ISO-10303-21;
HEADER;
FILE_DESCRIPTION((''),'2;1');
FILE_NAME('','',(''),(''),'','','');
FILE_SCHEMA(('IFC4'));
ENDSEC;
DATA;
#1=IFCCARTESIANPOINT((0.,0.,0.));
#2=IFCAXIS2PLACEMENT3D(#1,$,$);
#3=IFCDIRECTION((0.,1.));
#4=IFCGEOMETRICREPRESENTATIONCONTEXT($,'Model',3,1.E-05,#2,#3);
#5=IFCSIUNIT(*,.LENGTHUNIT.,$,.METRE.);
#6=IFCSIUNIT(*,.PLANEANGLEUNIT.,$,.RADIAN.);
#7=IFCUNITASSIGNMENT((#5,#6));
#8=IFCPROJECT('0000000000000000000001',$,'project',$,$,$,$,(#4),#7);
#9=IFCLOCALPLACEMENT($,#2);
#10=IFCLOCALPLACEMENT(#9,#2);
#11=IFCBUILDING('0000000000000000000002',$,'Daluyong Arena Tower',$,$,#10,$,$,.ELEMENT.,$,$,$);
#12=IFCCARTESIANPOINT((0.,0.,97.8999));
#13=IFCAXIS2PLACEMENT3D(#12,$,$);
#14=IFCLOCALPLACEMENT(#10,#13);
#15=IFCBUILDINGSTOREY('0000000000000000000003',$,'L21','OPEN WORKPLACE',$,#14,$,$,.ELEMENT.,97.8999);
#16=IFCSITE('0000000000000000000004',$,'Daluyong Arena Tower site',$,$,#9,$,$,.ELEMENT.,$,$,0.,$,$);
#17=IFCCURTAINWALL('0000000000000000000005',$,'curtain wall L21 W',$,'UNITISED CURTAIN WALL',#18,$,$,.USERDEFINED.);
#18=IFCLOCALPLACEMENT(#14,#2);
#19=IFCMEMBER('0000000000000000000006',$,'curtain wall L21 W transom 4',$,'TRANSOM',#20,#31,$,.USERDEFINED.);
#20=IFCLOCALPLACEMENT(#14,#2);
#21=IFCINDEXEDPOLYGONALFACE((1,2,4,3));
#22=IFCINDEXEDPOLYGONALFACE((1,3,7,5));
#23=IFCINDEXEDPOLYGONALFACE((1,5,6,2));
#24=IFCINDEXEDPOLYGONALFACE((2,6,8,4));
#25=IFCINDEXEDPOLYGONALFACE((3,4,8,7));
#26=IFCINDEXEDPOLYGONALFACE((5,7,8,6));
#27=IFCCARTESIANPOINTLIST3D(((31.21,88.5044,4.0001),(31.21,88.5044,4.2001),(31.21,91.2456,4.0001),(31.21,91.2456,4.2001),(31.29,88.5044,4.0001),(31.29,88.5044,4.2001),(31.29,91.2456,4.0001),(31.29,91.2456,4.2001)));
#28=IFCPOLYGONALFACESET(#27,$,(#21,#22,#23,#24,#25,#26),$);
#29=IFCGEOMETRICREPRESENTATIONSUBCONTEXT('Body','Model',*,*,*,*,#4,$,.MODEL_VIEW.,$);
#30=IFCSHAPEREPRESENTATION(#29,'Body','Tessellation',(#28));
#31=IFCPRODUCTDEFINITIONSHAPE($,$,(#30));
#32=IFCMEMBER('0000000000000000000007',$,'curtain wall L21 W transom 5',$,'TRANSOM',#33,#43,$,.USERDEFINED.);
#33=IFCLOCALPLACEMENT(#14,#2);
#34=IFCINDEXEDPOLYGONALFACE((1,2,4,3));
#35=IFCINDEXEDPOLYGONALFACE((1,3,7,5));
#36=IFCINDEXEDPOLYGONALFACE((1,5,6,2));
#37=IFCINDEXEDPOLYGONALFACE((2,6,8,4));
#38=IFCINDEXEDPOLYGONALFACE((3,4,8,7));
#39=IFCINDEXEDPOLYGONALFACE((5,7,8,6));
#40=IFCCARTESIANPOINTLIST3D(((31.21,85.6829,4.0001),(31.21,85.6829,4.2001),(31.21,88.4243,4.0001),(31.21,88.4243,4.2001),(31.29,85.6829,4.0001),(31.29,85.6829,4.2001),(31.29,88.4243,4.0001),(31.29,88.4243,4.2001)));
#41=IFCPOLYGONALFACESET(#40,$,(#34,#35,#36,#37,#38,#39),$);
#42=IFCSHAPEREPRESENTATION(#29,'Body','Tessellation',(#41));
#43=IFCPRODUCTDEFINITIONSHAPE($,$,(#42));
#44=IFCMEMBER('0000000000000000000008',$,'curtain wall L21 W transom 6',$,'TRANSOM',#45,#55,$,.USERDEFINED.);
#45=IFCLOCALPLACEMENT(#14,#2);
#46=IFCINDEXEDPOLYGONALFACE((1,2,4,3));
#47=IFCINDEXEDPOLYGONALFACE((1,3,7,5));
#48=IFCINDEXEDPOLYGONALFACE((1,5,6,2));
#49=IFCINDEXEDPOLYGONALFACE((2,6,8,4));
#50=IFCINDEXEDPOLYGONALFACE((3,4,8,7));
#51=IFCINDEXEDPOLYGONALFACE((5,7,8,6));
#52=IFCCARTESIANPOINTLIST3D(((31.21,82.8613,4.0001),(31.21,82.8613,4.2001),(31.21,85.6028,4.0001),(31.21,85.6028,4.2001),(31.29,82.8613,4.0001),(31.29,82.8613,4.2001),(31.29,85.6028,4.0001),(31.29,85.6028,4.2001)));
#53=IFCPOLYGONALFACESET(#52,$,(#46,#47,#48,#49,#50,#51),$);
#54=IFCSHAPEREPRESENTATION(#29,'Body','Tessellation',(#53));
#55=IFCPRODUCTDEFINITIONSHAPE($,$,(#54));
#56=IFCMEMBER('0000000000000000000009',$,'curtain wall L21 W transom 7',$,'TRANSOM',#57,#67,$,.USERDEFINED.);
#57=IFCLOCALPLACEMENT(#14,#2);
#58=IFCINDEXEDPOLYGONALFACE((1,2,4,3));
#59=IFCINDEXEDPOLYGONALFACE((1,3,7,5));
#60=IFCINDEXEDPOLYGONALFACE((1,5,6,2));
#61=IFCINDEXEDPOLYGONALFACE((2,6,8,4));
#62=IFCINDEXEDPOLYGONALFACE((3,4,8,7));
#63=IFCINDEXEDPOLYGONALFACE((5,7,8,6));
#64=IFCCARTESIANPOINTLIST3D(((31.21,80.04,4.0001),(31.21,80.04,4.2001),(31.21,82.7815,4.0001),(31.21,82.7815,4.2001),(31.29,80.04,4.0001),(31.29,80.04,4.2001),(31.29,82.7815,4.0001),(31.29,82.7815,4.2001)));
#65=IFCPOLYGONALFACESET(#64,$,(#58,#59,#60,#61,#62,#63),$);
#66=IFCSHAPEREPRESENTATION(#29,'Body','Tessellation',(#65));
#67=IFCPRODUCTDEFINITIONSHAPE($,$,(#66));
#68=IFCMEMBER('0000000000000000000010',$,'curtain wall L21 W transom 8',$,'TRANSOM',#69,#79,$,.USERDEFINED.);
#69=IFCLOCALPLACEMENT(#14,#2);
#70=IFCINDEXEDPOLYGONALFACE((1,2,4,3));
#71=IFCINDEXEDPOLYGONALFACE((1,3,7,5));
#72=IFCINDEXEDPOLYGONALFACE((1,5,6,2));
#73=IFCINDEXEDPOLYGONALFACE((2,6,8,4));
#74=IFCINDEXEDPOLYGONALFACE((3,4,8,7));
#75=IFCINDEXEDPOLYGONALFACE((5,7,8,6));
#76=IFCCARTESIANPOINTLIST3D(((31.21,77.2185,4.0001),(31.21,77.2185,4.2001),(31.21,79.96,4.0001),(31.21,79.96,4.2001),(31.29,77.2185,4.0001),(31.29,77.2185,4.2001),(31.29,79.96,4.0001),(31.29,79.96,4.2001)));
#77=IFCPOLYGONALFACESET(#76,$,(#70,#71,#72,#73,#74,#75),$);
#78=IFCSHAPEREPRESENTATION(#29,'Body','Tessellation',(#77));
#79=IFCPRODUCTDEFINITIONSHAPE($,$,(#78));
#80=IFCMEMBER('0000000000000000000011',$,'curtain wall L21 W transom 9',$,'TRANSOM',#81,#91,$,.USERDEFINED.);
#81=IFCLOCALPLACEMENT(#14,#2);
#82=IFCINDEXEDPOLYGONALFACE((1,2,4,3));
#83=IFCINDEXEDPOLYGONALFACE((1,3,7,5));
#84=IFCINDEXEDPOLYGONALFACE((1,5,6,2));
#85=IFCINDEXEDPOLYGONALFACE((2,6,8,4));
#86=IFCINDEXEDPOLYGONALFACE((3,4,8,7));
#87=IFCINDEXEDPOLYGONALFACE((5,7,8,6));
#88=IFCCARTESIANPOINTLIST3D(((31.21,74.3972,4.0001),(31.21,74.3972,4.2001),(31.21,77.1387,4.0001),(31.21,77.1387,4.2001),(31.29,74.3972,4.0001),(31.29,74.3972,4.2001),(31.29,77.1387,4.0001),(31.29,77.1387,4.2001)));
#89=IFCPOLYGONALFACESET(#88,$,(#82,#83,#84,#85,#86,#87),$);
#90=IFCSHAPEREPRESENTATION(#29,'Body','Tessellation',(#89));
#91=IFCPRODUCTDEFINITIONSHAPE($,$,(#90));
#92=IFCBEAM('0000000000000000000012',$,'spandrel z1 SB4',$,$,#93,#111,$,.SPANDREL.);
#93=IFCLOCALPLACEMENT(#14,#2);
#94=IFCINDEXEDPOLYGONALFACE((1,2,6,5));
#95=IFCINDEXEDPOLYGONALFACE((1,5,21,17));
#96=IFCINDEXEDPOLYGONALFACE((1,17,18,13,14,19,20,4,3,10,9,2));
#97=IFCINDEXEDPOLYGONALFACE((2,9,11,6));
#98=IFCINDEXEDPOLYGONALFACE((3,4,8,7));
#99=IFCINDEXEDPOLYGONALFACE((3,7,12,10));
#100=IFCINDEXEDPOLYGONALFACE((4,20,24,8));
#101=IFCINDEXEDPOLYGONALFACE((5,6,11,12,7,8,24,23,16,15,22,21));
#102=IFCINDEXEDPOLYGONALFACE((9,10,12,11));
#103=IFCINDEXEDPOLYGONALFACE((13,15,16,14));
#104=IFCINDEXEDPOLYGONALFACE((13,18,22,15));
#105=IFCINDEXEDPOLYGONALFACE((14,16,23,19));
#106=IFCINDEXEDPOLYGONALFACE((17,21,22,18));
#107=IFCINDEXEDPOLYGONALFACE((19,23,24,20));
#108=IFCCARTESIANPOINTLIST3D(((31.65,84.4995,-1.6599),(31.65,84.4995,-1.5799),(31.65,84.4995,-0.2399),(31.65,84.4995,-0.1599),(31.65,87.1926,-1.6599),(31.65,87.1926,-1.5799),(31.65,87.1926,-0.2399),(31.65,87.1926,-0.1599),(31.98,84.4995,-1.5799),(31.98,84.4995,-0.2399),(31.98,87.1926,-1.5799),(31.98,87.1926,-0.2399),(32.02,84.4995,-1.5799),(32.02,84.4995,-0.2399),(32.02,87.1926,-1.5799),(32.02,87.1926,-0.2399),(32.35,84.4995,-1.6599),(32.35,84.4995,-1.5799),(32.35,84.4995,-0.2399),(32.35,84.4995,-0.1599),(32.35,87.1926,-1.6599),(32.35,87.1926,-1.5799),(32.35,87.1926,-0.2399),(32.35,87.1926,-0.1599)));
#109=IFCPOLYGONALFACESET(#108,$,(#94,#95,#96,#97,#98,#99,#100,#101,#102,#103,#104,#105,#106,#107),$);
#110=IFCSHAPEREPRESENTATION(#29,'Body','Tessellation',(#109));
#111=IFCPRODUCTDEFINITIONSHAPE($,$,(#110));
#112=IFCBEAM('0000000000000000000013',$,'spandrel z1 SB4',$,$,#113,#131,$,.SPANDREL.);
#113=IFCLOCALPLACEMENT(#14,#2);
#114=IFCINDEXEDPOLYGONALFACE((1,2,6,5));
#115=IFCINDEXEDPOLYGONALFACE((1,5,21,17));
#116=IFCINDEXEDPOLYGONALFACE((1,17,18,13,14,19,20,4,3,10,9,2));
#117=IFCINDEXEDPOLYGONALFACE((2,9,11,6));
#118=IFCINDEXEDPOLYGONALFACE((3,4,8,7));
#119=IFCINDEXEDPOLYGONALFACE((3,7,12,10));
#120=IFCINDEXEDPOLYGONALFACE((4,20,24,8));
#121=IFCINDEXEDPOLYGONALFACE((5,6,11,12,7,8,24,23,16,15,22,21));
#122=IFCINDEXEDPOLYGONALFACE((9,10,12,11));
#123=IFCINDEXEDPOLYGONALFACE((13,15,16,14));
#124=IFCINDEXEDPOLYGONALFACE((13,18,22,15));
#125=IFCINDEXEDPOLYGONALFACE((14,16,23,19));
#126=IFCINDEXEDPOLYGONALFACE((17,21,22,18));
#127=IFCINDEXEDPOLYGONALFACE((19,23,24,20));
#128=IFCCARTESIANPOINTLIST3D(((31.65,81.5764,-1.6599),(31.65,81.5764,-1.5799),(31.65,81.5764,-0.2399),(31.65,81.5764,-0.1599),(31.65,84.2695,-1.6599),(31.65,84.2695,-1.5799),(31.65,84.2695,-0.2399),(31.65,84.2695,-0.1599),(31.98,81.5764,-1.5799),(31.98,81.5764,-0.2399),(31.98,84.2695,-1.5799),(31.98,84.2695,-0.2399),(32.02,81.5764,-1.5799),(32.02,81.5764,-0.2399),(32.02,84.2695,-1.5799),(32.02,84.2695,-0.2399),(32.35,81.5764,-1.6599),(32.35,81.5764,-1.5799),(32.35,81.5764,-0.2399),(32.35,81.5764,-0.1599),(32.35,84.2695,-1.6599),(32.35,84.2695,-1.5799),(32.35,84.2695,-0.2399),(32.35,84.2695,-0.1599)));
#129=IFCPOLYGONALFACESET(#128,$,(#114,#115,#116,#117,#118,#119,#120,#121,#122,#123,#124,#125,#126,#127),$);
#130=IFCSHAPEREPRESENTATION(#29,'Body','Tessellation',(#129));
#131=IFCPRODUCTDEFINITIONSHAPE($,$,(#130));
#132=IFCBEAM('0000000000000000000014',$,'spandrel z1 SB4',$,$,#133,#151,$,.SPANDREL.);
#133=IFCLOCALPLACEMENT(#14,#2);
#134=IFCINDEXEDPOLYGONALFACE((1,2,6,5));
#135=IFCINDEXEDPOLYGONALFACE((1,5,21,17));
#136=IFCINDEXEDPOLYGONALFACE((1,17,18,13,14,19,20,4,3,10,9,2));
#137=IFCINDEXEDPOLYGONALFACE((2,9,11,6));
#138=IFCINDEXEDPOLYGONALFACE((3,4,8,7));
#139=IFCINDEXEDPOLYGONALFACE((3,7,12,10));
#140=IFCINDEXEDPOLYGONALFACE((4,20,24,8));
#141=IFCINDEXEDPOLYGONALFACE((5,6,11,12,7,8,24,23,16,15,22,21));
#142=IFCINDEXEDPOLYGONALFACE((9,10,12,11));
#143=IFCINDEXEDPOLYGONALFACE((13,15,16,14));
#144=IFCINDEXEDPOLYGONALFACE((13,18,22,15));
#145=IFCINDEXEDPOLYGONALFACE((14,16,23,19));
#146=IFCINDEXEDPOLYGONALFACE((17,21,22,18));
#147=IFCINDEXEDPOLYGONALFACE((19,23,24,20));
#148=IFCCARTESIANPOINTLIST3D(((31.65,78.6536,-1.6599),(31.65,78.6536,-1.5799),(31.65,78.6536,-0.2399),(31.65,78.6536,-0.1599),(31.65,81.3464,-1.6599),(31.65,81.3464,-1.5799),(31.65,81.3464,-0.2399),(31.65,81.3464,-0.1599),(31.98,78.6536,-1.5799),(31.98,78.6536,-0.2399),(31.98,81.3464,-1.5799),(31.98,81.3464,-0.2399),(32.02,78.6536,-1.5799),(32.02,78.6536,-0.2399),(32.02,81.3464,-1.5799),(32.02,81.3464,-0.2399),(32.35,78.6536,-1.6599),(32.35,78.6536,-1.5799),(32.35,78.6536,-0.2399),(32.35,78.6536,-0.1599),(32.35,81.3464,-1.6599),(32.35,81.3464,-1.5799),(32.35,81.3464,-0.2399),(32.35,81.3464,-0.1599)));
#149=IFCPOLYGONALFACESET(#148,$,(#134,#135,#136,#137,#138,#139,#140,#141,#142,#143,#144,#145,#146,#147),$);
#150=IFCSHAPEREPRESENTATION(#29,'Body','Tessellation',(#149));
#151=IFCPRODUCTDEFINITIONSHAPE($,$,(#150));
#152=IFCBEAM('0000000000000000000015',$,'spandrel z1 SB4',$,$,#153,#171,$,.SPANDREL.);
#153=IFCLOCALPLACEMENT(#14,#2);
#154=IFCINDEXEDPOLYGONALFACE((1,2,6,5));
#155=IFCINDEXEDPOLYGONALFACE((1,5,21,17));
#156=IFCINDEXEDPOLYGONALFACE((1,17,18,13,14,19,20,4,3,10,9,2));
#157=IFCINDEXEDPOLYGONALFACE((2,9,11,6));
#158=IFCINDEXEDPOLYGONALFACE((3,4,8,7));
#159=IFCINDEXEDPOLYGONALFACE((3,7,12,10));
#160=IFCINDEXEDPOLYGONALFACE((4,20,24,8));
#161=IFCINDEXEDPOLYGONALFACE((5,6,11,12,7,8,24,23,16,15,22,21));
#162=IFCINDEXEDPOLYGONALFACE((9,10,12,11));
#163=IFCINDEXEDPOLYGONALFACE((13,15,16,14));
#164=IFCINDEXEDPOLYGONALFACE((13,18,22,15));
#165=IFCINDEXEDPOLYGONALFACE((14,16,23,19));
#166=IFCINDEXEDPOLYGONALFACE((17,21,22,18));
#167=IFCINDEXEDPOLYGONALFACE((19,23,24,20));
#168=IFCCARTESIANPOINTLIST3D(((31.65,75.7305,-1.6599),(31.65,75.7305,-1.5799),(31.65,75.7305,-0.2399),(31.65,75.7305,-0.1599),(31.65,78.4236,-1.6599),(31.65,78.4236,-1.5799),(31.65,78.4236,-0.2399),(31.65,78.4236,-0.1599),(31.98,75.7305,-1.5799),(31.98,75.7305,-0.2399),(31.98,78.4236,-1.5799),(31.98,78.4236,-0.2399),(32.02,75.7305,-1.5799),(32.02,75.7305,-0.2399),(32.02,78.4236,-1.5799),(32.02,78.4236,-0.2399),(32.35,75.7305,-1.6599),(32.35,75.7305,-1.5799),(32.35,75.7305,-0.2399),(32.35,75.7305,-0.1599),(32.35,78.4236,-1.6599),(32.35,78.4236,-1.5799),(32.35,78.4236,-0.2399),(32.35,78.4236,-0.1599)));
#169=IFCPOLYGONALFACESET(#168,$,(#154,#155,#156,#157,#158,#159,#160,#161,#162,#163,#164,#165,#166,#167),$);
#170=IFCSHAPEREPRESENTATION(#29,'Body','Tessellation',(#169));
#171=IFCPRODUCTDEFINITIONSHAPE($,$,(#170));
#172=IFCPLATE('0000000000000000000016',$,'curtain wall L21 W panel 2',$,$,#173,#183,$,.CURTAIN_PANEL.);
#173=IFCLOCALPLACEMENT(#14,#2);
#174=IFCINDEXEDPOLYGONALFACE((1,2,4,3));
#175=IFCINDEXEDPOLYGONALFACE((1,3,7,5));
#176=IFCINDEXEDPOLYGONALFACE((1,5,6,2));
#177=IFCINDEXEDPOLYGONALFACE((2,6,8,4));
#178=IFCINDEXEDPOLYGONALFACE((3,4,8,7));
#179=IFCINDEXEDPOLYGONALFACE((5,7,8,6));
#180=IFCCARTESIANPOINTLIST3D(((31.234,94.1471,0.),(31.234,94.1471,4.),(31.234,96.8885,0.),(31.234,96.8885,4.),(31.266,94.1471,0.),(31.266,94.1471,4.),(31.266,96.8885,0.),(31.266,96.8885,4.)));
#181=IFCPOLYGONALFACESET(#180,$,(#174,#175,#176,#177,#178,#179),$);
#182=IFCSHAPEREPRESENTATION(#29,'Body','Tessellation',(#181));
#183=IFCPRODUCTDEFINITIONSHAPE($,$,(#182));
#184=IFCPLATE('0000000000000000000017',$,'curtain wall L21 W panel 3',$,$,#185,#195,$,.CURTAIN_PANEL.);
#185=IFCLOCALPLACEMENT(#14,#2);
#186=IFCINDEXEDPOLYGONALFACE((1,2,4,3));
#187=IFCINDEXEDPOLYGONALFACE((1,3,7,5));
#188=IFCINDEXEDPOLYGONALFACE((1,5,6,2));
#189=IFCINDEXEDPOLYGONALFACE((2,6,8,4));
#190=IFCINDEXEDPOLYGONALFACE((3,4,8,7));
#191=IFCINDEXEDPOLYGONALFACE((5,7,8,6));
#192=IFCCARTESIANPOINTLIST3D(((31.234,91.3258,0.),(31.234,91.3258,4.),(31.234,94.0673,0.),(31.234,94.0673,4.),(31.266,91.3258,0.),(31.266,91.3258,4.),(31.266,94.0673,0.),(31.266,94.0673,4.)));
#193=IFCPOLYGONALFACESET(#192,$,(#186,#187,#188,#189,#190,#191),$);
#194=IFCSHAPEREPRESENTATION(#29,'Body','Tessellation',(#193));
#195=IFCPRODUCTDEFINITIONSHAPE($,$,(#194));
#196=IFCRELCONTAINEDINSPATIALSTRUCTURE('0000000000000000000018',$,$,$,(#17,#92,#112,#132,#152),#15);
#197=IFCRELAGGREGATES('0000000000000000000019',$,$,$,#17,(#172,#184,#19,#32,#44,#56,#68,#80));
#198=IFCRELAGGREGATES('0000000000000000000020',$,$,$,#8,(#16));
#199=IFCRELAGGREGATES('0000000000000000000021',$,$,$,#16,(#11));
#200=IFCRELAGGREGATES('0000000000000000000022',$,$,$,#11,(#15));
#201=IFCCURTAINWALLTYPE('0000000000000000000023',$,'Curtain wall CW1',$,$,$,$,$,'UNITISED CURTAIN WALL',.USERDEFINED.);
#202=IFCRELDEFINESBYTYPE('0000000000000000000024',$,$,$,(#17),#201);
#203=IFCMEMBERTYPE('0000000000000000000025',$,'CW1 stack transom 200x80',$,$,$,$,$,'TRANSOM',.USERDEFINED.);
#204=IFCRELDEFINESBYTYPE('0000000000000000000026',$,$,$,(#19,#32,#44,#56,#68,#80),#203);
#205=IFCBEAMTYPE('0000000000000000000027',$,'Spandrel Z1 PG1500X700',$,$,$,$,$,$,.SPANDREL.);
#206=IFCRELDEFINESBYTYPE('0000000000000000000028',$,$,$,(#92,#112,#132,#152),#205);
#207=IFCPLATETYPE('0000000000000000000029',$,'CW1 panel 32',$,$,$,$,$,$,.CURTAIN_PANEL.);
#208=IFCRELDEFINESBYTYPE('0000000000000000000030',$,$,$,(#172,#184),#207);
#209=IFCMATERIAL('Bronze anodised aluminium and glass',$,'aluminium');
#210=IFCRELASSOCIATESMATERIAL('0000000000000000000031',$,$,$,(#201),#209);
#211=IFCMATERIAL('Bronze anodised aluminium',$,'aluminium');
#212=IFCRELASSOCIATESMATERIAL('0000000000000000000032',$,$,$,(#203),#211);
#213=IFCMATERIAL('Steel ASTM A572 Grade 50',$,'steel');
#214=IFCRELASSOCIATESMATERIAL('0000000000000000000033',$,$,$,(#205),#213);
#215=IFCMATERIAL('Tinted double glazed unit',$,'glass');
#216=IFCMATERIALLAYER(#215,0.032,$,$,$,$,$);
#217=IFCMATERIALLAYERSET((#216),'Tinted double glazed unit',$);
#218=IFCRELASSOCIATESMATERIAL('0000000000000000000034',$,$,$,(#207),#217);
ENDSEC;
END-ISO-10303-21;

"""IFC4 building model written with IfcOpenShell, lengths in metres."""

from ifc_helpers import new_model, si_unit, direction, frame, origin, origin_2d, place, context, subcontext, project, spatial, rectangle, i_section, extrude, material, layer, layer_set, material_profile, profile_set, type_object, element, aggregate, save


model = new_model("IFC4")

# Units and contexts
model_context = context("Model", 3, precision=1e-05, world=origin(), true_north=direction((0.0, 1.0)))
body_context = subcontext(model_context, "Body", "Model", "MODEL_VIEW")
ifc_project = project(units=[si_unit("LENGTHUNIT", "METRE"), si_unit("PLANEANGLEUNIT", "RADIAN")], contexts=[model_context])

# Site, building, storey
site_placement = place(None, origin())
site = spatial("IfcSite", under=ifc_project, at=site_placement, Name="Daluyong Arena Tower site", CompositionType="ELEMENT", RefElevation=0.0)
building_placement = place(site_placement, origin())
building = spatial("IfcBuilding", under=site, at=building_placement, Name="Daluyong Arena Tower", CompositionType="ELEMENT")
storey_placement = place(building_placement, frame((0.0, 0.0, 97.8999)))
storey = spatial("IfcBuildingStorey", under=building, at=storey_placement, Name="L21", Description="OPEN WORKPLACE", CompositionType="ELEMENT", Elevation=97.8999)

# Curtain wall, members
ifc_material_1 = material(Name="Bronze anodised aluminium and glass", Category="aluminium")
curtain_wall_type = type_object("IfcCurtainWallType", Name="Curtain wall CW1", ElementType="UNITISED CURTAIN WALL", PredefinedType="USERDEFINED", material=ifc_material_1)
curtain_wall_placement = place(storey_placement, origin())
curtain_wall = element("IfcCurtainWall", 1, at=curtain_wall_placement, inside=storey, type_object=curtain_wall_type, Name="curtain wall L21 W", ObjectType="UNITISED CURTAIN WALL", PredefinedType="USERDEFINED")
ifc_material_2 = material(Name="Bronze anodised aluminium", Category="aluminium")
ifc_material_profile_1 = material_profile(ifc_material_2, rectangle(XDim=0.0801, YDim=0.2, at=origin_2d()))
ifc_profile_set_1 = profile_set([ifc_material_profile_1], Name="Bronze anodised aluminium")
member_type_1 = type_object("IfcMemberType", Name="CW1 stack transom 200x80", ElementType="TRANSOM", PredefinedType="USERDEFINED", material=ifc_profile_set_1)
member_1_placement = place(storey_placement, frame((31.25, 91.2456, 4.1001), z_axis=(0.0, -1.0, 0.0), x_axis=(1.0, 0.0, 0.0)))
member_1 = element("IfcMember", 2, at=member_1_placement, type_object=member_type_1, Name="curtain wall L21 W transom 4", ObjectType="TRANSOM", PredefinedType="USERDEFINED", context=body_context, shape_type="SweptSolid", body=[
    extrude(rectangle(XDim=0.0801, YDim=0.2, at=origin_2d()), origin(), (0.0, 0.0, 1.0), 2.7412),
])
member_2_placement = place(storey_placement, frame((31.25, 88.4243, 4.1001), z_axis=(0.0, -1.0, 0.0), x_axis=(1.0, 0.0, 0.0)))
member_2 = element("IfcMember", 3, at=member_2_placement, type_object=member_type_1, Name="curtain wall L21 W transom 5", ObjectType="TRANSOM", PredefinedType="USERDEFINED", context=body_context, shape_type="SweptSolid", body=[
    extrude(rectangle(XDim=0.0801, YDim=0.2, at=origin_2d()), origin(), (0.0, 0.0, 1.0), 2.7415),
])
member_3_placement = place(storey_placement, frame((31.25, 85.6028, 4.1001), z_axis=(0.0, -1.0, 0.0), x_axis=(1.0, 0.0, 0.0)))
member_3 = element("IfcMember", 4, at=member_3_placement, type_object=member_type_1, Name="curtain wall L21 W transom 6", ObjectType="TRANSOM", PredefinedType="USERDEFINED", context=body_context, shape_type="SweptSolid", body=[
    extrude(rectangle(XDim=0.0801, YDim=0.2, at=origin_2d()), origin(), (0.0, 0.0, 1.0), 2.7415),
])
member_4_placement = place(storey_placement, frame((31.25, 82.7815, 4.1001), z_axis=(0.0, -1.0, 0.0), x_axis=(1.0, 0.0, 0.0)))
member_4 = element("IfcMember", 5, at=member_4_placement, type_object=member_type_1, Name="curtain wall L21 W transom 7", ObjectType="TRANSOM", PredefinedType="USERDEFINED", context=body_context, shape_type="SweptSolid", body=[
    extrude(rectangle(XDim=0.0801, YDim=0.2, at=origin_2d()), origin(), (0.0, 0.0, 1.0), 2.7415),
])
member_5_placement = place(storey_placement, frame((31.25, 79.96, 4.1001), z_axis=(0.0, -1.0, 0.0), x_axis=(1.0, 0.0, 0.0)))
member_5 = element("IfcMember", 6, at=member_5_placement, type_object=member_type_1, Name="curtain wall L21 W transom 8", ObjectType="TRANSOM", PredefinedType="USERDEFINED", context=body_context, shape_type="SweptSolid", body=[
    extrude(rectangle(XDim=0.0801, YDim=0.2, at=origin_2d()), origin(), (0.0, 0.0, 1.0), 2.7415),
])
member_6_placement = place(storey_placement, frame((31.25, 77.1387, 4.1001), z_axis=(0.0, -1.0, 0.0), x_axis=(1.0, 0.0, 0.0)))
member_6 = element("IfcMember", 7, at=member_6_placement, type_object=member_type_1, Name="curtain wall L21 W transom 9", ObjectType="TRANSOM", PredefinedType="USERDEFINED", context=body_context, shape_type="SweptSolid", body=[
    extrude(rectangle(XDim=0.0801, YDim=0.2, at=origin_2d()), origin(), (0.0, 0.0, 1.0), 2.7415),
])

# Beams
ifc_material_3 = material(Name="Steel ASTM A572 Grade 50", Category="steel")
ifc_material_profile_2 = material_profile(ifc_material_3, i_section(OverallWidth=0.7, OverallDepth=1.5, WebThickness=0.04, FlangeThickness=0.08, at=origin_2d()))
ifc_profile_set_2 = profile_set([ifc_material_profile_2], Name="Steel ASTM A572 Grade 50")
beam_type = type_object("IfcBeamType", Name="Spandrel Z1 PG1500X700", PredefinedType="SPANDREL", material=ifc_profile_set_2)
for number, where, z_axis, x_axis, name in (
    (8, (32.0, 87.1926, -0.9099), (0.0, -1.0, 0.0), (1.0, 0.0, 0.0), "spandrel z1 SB4"),
    (9, (32.0, 84.2695, -0.9099), (0.0, -1.0, 0.0), (1.0, 0.0, 0.0), "spandrel z1 SB4"),
):
    element("IfcBeam", number, at=place(storey_placement, frame(where, z_axis=z_axis, x_axis=x_axis)), inside=storey, type_object=beam_type, Name=name, PredefinedType="SPANDREL", context=body_context, shape_type="SweptSolid", body=[
        extrude(i_section(OverallWidth=0.7, OverallDepth=1.5, WebThickness=0.04, FlangeThickness=0.08, at=origin_2d()), origin(), (0.0, 0.0, 1.0), 2.6931),
    ])
beam_1_placement = place(storey_placement, frame((32.0, 81.3464, -0.9099), z_axis=(0.0, -1.0, 0.0), x_axis=(1.0, 0.0, 0.0)))
element("IfcBeam", 10, at=beam_1_placement, inside=storey, type_object=beam_type, Name="spandrel z1 SB4", PredefinedType="SPANDREL", context=body_context, shape_type="SweptSolid", body=[
    extrude(i_section(OverallWidth=0.7, OverallDepth=1.5, WebThickness=0.04, FlangeThickness=0.08, at=origin_2d()), origin(), (0.0, 0.0, 1.0), 2.6929),
])
beam_2_placement = place(storey_placement, frame((32.0, 78.4236, -0.9099), z_axis=(0.0, -1.0, 0.0), x_axis=(1.0, 0.0, 0.0)))
element("IfcBeam", 11, at=beam_2_placement, inside=storey, type_object=beam_type, Name="spandrel z1 SB4", PredefinedType="SPANDREL", context=body_context, shape_type="SweptSolid", body=[
    extrude(i_section(OverallWidth=0.7, OverallDepth=1.5, WebThickness=0.04, FlangeThickness=0.08, at=origin_2d()), origin(), (0.0, 0.0, 1.0), 2.6931),
])

# Plates
ifc_material_4 = material(Name="Tinted double glazed unit", Category="glass")
ifc_layer = layer(ifc_material_4, 0.032)
ifc_layer_set = layer_set([ifc_layer], Name="Tinted double glazed unit")
plate_type = type_object("IfcPlateType", Name="CW1 panel 32", PredefinedType="CURTAIN_PANEL", material=ifc_layer_set)
plate_1_placement = place(storey_placement, frame((31.25, 95.5178, 0.0), z_axis=(0.0, 0.0, 1.0), x_axis=(0.0, -1.0, 0.0)))
plate_1 = element("IfcPlate", 12, at=plate_1_placement, type_object=plate_type, Name="curtain wall L21 W panel 2", PredefinedType="CURTAIN_PANEL", context=body_context, shape_type="SweptSolid", body=[
    extrude(rectangle(XDim=2.7415, YDim=0.032, at=origin_2d()), origin(), (0.0, 0.0, 1.0), 4.0),
])
plate_2_placement = place(storey_placement, frame((31.25, 92.6965, 0.0), z_axis=(0.0, 0.0, 1.0), x_axis=(0.0, -1.0, 0.0)))
plate_2 = element("IfcPlate", 13, at=plate_2_placement, type_object=plate_type, Name="curtain wall L21 W panel 3", PredefinedType="CURTAIN_PANEL", context=body_context, shape_type="SweptSolid", body=[
    extrude(rectangle(XDim=2.7415, YDim=0.032, at=origin_2d()), origin(), (0.0, 0.0, 1.0), 4.0),
])
aggregate(curtain_wall, [plate_1, plate_2, member_1, member_2, member_3, member_4, member_5, member_6])

save(model, "model.ifc")
